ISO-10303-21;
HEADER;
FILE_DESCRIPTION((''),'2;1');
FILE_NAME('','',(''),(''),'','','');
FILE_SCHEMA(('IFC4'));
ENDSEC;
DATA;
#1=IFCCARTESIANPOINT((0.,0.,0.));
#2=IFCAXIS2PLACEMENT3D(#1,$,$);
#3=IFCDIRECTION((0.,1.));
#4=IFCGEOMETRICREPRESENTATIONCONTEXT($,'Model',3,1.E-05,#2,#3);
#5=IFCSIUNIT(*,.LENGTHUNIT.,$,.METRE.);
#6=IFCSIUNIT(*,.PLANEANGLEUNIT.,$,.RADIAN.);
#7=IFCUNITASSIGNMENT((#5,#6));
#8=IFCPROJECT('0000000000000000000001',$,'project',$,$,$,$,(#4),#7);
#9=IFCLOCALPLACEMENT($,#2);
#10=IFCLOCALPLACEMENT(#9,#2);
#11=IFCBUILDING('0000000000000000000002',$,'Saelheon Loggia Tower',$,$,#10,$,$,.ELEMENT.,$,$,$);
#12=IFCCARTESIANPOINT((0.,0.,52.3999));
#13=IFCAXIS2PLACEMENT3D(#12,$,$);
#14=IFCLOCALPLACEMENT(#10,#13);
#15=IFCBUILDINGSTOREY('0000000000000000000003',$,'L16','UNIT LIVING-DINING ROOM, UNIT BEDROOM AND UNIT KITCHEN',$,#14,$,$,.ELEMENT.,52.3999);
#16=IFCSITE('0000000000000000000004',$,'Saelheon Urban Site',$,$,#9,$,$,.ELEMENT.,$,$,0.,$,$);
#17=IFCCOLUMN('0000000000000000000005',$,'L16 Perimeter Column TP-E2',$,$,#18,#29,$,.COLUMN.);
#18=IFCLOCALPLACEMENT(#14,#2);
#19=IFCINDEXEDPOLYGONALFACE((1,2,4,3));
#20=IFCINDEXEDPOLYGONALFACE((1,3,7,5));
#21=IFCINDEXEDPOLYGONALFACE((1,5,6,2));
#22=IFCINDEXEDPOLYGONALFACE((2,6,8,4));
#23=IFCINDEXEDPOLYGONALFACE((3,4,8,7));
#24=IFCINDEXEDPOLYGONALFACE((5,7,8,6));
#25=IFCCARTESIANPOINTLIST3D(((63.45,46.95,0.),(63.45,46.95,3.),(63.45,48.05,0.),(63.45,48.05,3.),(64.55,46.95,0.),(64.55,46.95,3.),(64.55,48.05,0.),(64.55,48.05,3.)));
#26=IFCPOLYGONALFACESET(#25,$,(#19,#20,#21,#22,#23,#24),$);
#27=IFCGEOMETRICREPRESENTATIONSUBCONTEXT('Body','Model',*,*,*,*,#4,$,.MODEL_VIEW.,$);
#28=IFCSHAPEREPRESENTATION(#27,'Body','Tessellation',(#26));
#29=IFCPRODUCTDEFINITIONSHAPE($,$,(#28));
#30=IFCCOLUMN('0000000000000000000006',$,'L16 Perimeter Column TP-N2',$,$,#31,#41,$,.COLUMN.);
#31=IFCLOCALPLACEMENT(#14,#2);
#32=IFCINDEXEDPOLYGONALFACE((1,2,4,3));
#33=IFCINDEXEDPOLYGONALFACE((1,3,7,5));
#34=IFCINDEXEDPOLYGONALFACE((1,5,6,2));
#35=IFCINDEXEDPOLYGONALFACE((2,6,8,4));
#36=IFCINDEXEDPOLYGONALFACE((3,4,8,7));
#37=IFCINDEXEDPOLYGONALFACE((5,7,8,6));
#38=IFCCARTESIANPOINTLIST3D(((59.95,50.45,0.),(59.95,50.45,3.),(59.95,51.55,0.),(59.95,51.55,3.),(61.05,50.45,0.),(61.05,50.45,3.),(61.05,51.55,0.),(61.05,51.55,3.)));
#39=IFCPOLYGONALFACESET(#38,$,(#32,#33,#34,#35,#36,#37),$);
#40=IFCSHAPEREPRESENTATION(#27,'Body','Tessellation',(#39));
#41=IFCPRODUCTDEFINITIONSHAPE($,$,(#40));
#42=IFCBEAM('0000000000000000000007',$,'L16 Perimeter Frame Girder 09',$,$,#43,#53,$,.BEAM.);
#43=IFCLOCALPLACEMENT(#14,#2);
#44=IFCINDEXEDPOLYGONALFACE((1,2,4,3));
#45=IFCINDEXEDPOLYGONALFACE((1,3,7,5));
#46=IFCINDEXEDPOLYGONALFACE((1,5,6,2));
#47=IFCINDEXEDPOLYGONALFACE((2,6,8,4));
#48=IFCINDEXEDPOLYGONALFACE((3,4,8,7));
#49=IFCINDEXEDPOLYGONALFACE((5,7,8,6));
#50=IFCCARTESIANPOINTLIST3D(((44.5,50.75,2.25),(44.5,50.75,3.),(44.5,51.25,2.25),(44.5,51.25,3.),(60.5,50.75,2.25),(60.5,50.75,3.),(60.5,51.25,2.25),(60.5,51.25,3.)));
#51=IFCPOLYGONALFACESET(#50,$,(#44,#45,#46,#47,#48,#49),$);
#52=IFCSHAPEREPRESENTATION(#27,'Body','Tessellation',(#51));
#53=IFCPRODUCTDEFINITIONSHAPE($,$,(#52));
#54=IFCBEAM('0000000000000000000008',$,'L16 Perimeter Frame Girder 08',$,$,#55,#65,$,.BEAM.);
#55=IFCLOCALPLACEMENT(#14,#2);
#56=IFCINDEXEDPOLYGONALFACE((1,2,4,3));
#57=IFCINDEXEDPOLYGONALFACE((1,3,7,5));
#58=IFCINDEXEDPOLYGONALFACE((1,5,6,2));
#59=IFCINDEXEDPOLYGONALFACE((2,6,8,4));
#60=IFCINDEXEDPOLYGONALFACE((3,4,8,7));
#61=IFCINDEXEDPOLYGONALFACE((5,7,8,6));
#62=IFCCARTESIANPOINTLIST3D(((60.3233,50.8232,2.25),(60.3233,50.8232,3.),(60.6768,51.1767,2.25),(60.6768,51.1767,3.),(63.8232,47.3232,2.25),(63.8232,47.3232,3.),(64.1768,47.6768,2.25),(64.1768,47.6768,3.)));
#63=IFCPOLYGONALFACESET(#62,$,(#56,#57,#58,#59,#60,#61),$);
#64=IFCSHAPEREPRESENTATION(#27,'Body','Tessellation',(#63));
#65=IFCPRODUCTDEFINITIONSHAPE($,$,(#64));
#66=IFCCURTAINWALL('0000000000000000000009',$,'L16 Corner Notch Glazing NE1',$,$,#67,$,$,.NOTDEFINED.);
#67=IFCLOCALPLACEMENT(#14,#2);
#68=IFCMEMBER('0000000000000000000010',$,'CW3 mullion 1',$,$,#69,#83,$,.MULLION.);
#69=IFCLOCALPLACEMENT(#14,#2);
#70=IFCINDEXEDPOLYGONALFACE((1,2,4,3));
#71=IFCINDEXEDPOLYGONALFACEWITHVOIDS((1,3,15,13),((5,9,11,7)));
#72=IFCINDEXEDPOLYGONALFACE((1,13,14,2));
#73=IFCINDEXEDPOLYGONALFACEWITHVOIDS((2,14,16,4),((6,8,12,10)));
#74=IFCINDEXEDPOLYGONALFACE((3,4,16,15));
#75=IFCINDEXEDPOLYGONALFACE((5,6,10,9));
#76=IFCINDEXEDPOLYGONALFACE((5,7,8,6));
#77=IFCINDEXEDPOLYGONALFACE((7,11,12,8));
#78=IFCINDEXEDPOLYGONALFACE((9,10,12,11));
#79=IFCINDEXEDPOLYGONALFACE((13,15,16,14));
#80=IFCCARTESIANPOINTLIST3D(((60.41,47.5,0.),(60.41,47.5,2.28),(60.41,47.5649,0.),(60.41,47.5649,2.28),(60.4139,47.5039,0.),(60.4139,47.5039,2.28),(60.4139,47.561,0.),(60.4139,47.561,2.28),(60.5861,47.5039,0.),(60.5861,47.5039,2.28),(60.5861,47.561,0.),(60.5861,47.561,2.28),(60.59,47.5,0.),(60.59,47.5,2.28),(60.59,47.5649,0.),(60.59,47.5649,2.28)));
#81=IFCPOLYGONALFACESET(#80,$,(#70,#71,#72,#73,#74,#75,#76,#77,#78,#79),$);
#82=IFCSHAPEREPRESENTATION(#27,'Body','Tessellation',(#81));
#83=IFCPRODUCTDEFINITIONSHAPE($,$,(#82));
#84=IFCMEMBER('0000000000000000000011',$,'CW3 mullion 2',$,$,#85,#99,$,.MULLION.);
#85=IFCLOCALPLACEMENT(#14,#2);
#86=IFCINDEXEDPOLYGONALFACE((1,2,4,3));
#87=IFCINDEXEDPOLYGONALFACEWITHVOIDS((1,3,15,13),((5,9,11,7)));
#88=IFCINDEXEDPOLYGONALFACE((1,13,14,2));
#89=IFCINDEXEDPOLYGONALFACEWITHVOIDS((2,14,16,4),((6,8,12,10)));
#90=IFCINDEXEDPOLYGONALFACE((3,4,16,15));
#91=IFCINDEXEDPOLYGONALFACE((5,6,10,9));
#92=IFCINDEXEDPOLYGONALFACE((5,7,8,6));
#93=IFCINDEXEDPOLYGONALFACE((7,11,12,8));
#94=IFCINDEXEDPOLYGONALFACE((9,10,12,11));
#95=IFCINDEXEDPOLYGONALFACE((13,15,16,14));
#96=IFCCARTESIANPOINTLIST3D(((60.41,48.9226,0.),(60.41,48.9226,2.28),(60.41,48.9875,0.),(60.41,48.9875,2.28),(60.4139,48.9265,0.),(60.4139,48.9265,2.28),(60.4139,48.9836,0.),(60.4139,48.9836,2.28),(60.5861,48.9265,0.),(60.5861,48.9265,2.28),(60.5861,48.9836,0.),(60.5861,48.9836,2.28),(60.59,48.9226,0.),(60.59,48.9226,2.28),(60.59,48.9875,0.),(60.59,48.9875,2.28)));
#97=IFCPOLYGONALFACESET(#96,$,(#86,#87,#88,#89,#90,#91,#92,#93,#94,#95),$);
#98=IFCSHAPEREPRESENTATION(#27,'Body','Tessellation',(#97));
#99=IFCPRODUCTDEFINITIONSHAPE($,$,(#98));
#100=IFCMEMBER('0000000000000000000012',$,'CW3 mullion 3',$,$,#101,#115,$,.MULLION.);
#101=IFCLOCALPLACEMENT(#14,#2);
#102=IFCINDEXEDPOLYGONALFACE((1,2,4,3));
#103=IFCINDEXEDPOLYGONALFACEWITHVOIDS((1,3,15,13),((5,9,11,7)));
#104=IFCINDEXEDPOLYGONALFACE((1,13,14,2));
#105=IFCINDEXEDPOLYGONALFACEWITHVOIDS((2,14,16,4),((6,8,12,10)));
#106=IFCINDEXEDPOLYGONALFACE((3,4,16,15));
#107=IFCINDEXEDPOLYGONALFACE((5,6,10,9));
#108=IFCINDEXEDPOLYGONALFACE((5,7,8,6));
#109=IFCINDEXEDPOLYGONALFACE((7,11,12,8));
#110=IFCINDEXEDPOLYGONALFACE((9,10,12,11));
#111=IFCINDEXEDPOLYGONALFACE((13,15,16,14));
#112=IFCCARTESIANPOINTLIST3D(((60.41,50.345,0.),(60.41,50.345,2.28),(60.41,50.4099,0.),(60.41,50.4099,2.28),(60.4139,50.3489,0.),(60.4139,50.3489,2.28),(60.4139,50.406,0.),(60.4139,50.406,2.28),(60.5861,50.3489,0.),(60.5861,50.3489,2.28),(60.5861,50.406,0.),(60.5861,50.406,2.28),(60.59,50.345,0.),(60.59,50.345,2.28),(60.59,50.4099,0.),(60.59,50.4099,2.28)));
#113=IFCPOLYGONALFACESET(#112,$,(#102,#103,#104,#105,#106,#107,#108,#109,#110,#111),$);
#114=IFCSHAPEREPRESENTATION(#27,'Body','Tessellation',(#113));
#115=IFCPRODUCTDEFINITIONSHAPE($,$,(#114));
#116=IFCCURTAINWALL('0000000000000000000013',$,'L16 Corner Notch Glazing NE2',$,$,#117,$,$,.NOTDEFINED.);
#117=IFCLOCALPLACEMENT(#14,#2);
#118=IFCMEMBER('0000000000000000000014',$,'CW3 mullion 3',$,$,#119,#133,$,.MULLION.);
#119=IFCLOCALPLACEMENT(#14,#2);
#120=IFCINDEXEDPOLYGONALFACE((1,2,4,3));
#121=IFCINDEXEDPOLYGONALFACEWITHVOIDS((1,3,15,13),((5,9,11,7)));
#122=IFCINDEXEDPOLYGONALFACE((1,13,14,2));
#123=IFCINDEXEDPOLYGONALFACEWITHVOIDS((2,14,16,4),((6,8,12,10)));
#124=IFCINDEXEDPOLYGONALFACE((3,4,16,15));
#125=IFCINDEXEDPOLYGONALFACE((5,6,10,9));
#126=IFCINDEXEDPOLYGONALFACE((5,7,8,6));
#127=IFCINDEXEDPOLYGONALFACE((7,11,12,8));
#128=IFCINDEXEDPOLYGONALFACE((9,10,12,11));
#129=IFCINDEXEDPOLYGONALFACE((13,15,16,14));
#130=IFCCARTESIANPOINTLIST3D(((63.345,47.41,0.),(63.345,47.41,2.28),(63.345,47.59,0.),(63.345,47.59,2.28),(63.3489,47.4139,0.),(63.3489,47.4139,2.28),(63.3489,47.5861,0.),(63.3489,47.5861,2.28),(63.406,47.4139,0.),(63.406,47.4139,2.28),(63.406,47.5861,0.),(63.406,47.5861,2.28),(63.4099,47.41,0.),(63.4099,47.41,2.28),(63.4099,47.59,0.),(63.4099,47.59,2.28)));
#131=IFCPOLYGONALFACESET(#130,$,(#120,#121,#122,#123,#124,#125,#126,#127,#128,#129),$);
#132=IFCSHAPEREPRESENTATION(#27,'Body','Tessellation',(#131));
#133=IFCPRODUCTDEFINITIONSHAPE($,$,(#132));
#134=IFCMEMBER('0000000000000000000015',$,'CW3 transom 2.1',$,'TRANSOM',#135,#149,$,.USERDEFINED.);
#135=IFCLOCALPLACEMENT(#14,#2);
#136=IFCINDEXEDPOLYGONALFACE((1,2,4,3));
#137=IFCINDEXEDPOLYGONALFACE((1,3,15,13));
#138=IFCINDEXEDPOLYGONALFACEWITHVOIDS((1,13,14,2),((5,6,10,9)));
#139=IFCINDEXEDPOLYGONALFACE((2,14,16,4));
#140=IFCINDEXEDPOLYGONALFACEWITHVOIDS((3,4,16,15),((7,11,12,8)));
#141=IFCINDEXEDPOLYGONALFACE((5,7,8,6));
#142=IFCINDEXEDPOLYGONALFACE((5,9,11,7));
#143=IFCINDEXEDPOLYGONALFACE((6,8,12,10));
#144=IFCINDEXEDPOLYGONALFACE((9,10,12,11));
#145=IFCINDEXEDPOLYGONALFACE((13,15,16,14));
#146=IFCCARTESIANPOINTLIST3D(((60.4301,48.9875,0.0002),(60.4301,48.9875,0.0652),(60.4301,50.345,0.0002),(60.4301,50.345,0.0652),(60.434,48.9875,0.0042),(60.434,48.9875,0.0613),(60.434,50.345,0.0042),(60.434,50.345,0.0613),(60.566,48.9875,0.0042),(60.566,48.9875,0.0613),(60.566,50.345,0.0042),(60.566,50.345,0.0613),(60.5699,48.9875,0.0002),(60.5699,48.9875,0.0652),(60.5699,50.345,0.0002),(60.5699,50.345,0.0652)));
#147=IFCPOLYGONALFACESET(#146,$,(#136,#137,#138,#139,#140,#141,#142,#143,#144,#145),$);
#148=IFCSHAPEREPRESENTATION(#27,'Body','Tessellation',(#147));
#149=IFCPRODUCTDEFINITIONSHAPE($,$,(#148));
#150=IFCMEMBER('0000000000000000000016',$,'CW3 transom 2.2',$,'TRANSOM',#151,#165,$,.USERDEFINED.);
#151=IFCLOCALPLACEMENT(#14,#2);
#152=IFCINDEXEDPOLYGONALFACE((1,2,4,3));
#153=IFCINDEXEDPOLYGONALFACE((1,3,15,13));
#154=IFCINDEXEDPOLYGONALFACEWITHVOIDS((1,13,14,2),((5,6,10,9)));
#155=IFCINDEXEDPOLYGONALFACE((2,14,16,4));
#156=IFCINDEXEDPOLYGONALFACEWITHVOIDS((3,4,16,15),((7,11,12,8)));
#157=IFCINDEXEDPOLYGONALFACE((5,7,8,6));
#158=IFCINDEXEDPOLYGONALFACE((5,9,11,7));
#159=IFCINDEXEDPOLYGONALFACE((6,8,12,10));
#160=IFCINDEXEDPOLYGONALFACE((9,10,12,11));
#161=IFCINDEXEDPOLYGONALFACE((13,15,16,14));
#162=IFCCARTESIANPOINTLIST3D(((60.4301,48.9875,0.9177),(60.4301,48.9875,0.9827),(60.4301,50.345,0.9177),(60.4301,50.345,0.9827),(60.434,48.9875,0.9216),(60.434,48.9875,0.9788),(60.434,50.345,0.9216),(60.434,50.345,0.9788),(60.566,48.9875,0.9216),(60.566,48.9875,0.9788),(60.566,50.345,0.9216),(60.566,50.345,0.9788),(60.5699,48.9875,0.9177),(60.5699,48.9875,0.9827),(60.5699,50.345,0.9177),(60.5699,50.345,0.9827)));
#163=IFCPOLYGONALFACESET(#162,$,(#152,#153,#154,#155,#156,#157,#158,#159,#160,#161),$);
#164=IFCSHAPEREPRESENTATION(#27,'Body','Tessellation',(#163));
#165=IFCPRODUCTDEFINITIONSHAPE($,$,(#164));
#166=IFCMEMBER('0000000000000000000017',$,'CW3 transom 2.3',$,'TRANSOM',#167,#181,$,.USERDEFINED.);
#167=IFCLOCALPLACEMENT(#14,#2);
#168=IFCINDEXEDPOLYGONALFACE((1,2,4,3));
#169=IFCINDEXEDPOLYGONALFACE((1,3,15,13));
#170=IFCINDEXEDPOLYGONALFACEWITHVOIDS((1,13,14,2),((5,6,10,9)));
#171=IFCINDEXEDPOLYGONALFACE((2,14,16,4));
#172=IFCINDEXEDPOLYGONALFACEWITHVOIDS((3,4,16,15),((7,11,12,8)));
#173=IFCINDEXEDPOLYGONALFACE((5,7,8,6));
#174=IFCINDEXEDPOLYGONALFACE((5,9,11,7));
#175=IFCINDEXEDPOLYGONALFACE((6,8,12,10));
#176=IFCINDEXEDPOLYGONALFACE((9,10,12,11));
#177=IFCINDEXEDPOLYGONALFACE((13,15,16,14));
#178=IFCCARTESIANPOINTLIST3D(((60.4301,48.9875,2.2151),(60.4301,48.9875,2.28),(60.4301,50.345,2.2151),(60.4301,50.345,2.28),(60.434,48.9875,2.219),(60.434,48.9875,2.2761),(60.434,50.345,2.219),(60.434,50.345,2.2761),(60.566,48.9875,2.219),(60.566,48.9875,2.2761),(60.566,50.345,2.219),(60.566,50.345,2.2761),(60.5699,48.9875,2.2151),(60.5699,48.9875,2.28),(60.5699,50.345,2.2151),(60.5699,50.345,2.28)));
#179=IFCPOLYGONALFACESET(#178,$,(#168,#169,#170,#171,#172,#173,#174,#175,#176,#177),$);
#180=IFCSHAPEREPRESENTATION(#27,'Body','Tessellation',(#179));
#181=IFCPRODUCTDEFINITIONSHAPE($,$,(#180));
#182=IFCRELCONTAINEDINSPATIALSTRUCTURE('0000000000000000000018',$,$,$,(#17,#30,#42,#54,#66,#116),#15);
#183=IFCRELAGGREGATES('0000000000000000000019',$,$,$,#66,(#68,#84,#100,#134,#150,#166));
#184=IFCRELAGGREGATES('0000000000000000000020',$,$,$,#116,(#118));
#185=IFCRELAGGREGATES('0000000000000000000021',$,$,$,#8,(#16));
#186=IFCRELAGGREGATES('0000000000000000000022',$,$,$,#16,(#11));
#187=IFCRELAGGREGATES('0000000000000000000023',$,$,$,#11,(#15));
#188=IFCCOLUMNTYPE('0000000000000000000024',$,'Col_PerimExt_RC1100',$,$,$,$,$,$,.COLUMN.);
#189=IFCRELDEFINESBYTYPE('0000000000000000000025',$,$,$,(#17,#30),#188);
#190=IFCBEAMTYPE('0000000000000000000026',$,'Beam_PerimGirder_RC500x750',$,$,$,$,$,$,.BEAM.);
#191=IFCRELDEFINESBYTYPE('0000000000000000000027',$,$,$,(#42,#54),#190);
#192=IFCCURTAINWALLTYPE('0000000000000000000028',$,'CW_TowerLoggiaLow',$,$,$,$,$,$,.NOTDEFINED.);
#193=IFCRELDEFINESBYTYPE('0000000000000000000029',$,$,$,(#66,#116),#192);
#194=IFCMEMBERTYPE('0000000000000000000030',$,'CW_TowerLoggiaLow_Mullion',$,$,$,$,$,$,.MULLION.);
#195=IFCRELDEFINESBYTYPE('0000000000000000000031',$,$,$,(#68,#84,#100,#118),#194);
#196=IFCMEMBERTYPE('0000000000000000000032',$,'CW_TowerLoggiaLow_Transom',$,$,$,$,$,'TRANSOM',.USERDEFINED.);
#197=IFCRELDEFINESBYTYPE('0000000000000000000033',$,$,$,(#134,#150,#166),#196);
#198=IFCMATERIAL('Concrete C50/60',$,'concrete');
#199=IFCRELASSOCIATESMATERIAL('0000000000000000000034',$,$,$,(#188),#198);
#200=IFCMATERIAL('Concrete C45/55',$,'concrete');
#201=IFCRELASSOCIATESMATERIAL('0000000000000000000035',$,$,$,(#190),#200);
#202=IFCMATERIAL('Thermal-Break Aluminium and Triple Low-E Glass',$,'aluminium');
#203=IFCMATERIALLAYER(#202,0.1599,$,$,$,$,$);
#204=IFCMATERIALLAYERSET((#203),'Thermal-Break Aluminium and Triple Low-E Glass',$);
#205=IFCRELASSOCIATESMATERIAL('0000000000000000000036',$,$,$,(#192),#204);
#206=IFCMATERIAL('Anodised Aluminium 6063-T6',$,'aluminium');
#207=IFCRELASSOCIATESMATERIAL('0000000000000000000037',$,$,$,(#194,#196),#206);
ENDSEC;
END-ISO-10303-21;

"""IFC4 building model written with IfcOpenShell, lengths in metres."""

from ifc_helpers import new_model, si_unit, direction, frame, origin, origin_2d, place, context, subcontext, project, spatial, rectangle, hollow_rectangle, extrude, source, transform, mapped, material, layer, layer_set, material_profile, profile_set, type_object, element, aggregate, save


model = new_model("IFC4")

# Units and contexts
model_context = context("Model", 3, precision=1e-05, world=origin(), true_north=direction((0.0, 1.0)))
body_context = subcontext(model_context, "Body", "Model", "MODEL_VIEW")
ifc_project = project(units=[si_unit("LENGTHUNIT", "METRE"), si_unit("PLANEANGLEUNIT", "RADIAN")], contexts=[model_context])

# Site, building, storey
site_placement = place(None, origin())
site = spatial("IfcSite", under=ifc_project, at=site_placement, Name="Saelheon Urban Site", CompositionType="ELEMENT", RefElevation=0.0)
building_placement = place(site_placement, origin())
building = spatial("IfcBuilding", under=site, at=building_placement, Name="Saelheon Loggia Tower", CompositionType="ELEMENT")
storey_placement = place(building_placement, frame((0.0, 0.0, 52.3999)))
storey = spatial("IfcBuildingStorey", under=building, at=storey_placement, Name="L16", Description="UNIT LIVING-DINING ROOM, UNIT BEDROOM AND UNIT KITCHEN", CompositionType="ELEMENT", Elevation=52.3999)

# Columns
ifc_material_1 = material(Name="Concrete C50/60", Category="concrete")
ifc_material_profile_1 = material_profile(ifc_material_1, rectangle(XDim=1.1001, YDim=1.1001, at=origin_2d()), Name="RC-1100x1100")
ifc_profile_set_1 = profile_set([ifc_material_profile_1], Name="Concrete C50/60")
column_type = type_object("IfcColumnType", Name="Col_PerimExt_RC1100", PredefinedType="COLUMN", material=ifc_profile_set_1)
shared_shape_1 = source(origin(), body_context, "Body", "SweptSolid", [
    extrude(rectangle(XDim=1.1001, YDim=1.1001, at=origin_2d()), origin(), (0.0, 0.0, 1.0), 3.0),
])
for number, where, z_axis, x_axis, name in (
    (1, (64.0, 47.5, 0.0), (0.0, 0.0, 1.0), (1.0, 0.0, 0.0), "L16 Perimeter Column TP-E2"),
    (2, (60.5, 51.0, 0.0), (0.0, 0.0, 1.0), (1.0, 0.0, 0.0), "L16 Perimeter Column TP-N2"),
):
    element("IfcColumn", number, at=place(storey_placement, frame(where, z_axis=z_axis, x_axis=x_axis)), inside=storey, type_object=column_type, Name=name, PredefinedType="COLUMN", context=body_context, shape_type="MappedRepresentation", body=[
        mapped(shared_shape_1, transform((0.0, 0.0, 0.0), scale=1.0)),
    ])

# Beams
ifc_material_2 = material(Name="Concrete C45/55", Category="concrete")
ifc_material_profile_2 = material_profile(ifc_material_2, rectangle(XDim=0.5, YDim=0.75, at=origin_2d()), Name="RC-500x750")
ifc_profile_set_2 = profile_set([ifc_material_profile_2], Name="Concrete C45/55")
beam_type = type_object("IfcBeamType", Name="Beam_PerimGirder_RC500x750", PredefinedType="BEAM", material=ifc_profile_set_2)
shared_shape_2 = source(origin(), body_context, "Body", "SweptSolid", [
    extrude(rectangle(XDim=0.5, YDim=0.75, at=origin_2d()), origin(), (0.0, 0.0, 1.0), 16.0),
])
beam_1_placement = place(storey_placement, frame((60.5, 51.0, 2.625), z_axis=(-1.0, 0.0, 0.0), x_axis=(0.0, -1.0, 0.0)))
element("IfcBeam", 3, at=beam_1_placement, inside=storey, type_object=beam_type, Name="L16 Perimeter Frame Girder 09", PredefinedType="BEAM", context=body_context, shape_type="MappedRepresentation", body=[
    mapped(shared_shape_2, transform((0.0, 0.0, 0.0), scale=1.0)),
])
shared_shape_3 = source(origin(), body_context, "Body", "SweptSolid", [
    extrude(rectangle(XDim=0.5, YDim=0.75, at=origin_2d()), origin(), (0.0, 0.0, 1.0), 4.9497),
])
beam_2_placement = place(storey_placement, frame((64.0, 47.5, 2.625), z_axis=(-0.707107, 0.707107, 0.0), x_axis=(-0.707107, -0.707107, 0.0)))
element("IfcBeam", 4, at=beam_2_placement, inside=storey, type_object=beam_type, Name="L16 Perimeter Frame Girder 08", PredefinedType="BEAM", context=body_context, shape_type="MappedRepresentation", body=[
    mapped(shared_shape_3, transform((0.0, 0.0, 0.0), scale=1.0)),
])

# Curtain wall, members
ifc_material_3 = material(Name="Thermal-Break Aluminium and Triple Low-E Glass", Category="aluminium")
ifc_layer_1 = layer(ifc_material_3, 0.1599)
ifc_layer_set_1 = layer_set([ifc_layer_1], Name="Thermal-Break Aluminium and Triple Low-E Glass")
curtain_wall_type = type_object("IfcCurtainWallType", Name="CW_TowerLoggiaLow", PredefinedType="NOTDEFINED", material=ifc_layer_set_1)
curtain_wall_1_placement = place(storey_placement, origin())
curtain_wall_1 = element("IfcCurtainWall", 5, at=curtain_wall_1_placement, inside=storey, type_object=curtain_wall_type, Name="L16 Corner Notch Glazing NE1", PredefinedType="NOTDEFINED")
ifc_material_4 = material(Name="Anodised Aluminium 6063-T6", Category="aluminium")
ifc_material_profile_3 = material_profile(ifc_material_4, hollow_rectangle(XDim=0.0649, YDim=0.1799, WallThickness=0.0039, at=origin_2d()), Name="RHS-180x65x4")
ifc_profile_set_3 = profile_set([ifc_material_profile_3], Name="Anodised Aluminium 6063-T6")
member_type_1 = type_object("IfcMemberType", Name="CW_TowerLoggiaLow_Mullion", PredefinedType="MULLION", material=ifc_profile_set_3)
shared_shape_4 = source(origin(), body_context, "Body", "SweptSolid", [
    extrude(hollow_rectangle(XDim=0.0649, YDim=0.1799, WallThickness=0.0039, at=origin_2d()), origin(), (0.0, 0.0, 1.0), 2.28),
])
member_1_placement = place(storey_placement, frame((60.5, 47.5325, 0.0), z_axis=(0.0, 0.0, 1.0), x_axis=(0.0, 1.0, 0.0)))
member_1 = element("IfcMember", 6, at=member_1_placement, type_object=member_type_1, Name="CW3 mullion 1", PredefinedType="MULLION", context=body_context, shape_type="MappedRepresentation", body=[
    mapped(shared_shape_4, transform((0.0, 0.0, 0.0), scale=1.0)),
])
member_2_placement = place(storey_placement, frame((60.5, 48.9551, 0.0), z_axis=(0.0, 0.0, 1.0), x_axis=(0.0, 1.0, 0.0)))
member_2 = element("IfcMember", 7, at=member_2_placement, type_object=member_type_1, Name="CW3 mullion 2", PredefinedType="MULLION", context=body_context, shape_type="MappedRepresentation", body=[
    mapped(shared_shape_4, transform((0.0, 0.0, 0.0), scale=1.0)),
])
member_3_placement = place(storey_placement, frame((60.5, 50.3774, 0.0), z_axis=(0.0, 0.0, 1.0), x_axis=(0.0, 1.0, 0.0)))
member_3 = element("IfcMember", 8, at=member_3_placement, type_object=member_type_1, Name="CW3 mullion 3", PredefinedType="MULLION", context=body_context, shape_type="MappedRepresentation", body=[
    mapped(shared_shape_4, transform((0.0, 0.0, 0.0), scale=1.0)),
])

# Curtain wall, member
curtain_wall_2_placement = place(storey_placement, origin())
curtain_wall_2 = element("IfcCurtainWall", 9, at=curtain_wall_2_placement, inside=storey, type_object=curtain_wall_type, Name="L16 Corner Notch Glazing NE2", PredefinedType="NOTDEFINED")
member_4_placement = place(storey_placement, frame((63.3774, 47.5, 0.0), z_axis=(0.0, 0.0, 1.0), x_axis=(1.0, 0.0, 0.0)))
member_4 = element("IfcMember", 10, at=member_4_placement, type_object=member_type_1, Name="CW3 mullion 3", PredefinedType="MULLION", context=body_context, shape_type="MappedRepresentation", body=[
    mapped(shared_shape_4, transform((0.0, 0.0, 0.0), scale=1.0)),
])

# Members
ifc_material_profile_4 = material_profile(ifc_material_4, hollow_rectangle(XDim=0.0649, YDim=0.1399, WallThickness=0.0039, at=origin_2d()), Name="RHS-140x65x4")
ifc_profile_set_4 = profile_set([ifc_material_profile_4], Name="Anodised Aluminium 6063-T6")
member_type_2 = type_object("IfcMemberType", Name="CW_TowerLoggiaLow_Transom", ElementType="TRANSOM", PredefinedType="USERDEFINED", material=ifc_profile_set_4)
shared_shape_5 = source(origin(), body_context, "Body", "SweptSolid", [
    extrude(hollow_rectangle(XDim=0.0649, YDim=0.1399, WallThickness=0.0039, at=origin_2d()), origin(), (0.0, 0.0, 1.0), 1.3574),
])
member_5_placement = place(storey_placement, frame((60.5, 48.9875, 0.0327), z_axis=(0.0, 1.0, 0.0), x_axis=(0.0, 0.0, 1.0)))
member_5 = element("IfcMember", 11, at=member_5_placement, type_object=member_type_2, Name="CW3 transom 2.1", ObjectType="TRANSOM", PredefinedType="USERDEFINED", context=body_context, shape_type="MappedRepresentation", body=[
    mapped(shared_shape_5, transform((0.0, 0.0, 0.0), scale=1.0)),
])
member_6_placement = place(storey_placement, frame((60.5, 48.9875, 0.9502), z_axis=(0.0, 1.0, 0.0), x_axis=(0.0, 0.0, 1.0)))
member_6 = element("IfcMember", 12, at=member_6_placement, type_object=member_type_2, Name="CW3 transom 2.2", ObjectType="TRANSOM", PredefinedType="USERDEFINED", context=body_context, shape_type="MappedRepresentation", body=[
    mapped(shared_shape_5, transform((0.0, 0.0, 0.0), scale=1.0)),
])
member_7_placement = place(storey_placement, frame((60.5, 48.9875, 2.2476), z_axis=(0.0, 1.0, 0.0), x_axis=(0.0, 0.0, 1.0)))
member_7 = element("IfcMember", 13, at=member_7_placement, type_object=member_type_2, Name="CW3 transom 2.3", ObjectType="TRANSOM", PredefinedType="USERDEFINED", context=body_context, shape_type="MappedRepresentation", body=[
    mapped(shared_shape_5, transform((0.0, 0.0, 0.0), scale=1.0)),
])

aggregate(curtain_wall_1, [member_1, member_2, member_3, member_5, member_6, member_7])
aggregate(curtain_wall_2, [member_4])

save(model, "model.ifc")
